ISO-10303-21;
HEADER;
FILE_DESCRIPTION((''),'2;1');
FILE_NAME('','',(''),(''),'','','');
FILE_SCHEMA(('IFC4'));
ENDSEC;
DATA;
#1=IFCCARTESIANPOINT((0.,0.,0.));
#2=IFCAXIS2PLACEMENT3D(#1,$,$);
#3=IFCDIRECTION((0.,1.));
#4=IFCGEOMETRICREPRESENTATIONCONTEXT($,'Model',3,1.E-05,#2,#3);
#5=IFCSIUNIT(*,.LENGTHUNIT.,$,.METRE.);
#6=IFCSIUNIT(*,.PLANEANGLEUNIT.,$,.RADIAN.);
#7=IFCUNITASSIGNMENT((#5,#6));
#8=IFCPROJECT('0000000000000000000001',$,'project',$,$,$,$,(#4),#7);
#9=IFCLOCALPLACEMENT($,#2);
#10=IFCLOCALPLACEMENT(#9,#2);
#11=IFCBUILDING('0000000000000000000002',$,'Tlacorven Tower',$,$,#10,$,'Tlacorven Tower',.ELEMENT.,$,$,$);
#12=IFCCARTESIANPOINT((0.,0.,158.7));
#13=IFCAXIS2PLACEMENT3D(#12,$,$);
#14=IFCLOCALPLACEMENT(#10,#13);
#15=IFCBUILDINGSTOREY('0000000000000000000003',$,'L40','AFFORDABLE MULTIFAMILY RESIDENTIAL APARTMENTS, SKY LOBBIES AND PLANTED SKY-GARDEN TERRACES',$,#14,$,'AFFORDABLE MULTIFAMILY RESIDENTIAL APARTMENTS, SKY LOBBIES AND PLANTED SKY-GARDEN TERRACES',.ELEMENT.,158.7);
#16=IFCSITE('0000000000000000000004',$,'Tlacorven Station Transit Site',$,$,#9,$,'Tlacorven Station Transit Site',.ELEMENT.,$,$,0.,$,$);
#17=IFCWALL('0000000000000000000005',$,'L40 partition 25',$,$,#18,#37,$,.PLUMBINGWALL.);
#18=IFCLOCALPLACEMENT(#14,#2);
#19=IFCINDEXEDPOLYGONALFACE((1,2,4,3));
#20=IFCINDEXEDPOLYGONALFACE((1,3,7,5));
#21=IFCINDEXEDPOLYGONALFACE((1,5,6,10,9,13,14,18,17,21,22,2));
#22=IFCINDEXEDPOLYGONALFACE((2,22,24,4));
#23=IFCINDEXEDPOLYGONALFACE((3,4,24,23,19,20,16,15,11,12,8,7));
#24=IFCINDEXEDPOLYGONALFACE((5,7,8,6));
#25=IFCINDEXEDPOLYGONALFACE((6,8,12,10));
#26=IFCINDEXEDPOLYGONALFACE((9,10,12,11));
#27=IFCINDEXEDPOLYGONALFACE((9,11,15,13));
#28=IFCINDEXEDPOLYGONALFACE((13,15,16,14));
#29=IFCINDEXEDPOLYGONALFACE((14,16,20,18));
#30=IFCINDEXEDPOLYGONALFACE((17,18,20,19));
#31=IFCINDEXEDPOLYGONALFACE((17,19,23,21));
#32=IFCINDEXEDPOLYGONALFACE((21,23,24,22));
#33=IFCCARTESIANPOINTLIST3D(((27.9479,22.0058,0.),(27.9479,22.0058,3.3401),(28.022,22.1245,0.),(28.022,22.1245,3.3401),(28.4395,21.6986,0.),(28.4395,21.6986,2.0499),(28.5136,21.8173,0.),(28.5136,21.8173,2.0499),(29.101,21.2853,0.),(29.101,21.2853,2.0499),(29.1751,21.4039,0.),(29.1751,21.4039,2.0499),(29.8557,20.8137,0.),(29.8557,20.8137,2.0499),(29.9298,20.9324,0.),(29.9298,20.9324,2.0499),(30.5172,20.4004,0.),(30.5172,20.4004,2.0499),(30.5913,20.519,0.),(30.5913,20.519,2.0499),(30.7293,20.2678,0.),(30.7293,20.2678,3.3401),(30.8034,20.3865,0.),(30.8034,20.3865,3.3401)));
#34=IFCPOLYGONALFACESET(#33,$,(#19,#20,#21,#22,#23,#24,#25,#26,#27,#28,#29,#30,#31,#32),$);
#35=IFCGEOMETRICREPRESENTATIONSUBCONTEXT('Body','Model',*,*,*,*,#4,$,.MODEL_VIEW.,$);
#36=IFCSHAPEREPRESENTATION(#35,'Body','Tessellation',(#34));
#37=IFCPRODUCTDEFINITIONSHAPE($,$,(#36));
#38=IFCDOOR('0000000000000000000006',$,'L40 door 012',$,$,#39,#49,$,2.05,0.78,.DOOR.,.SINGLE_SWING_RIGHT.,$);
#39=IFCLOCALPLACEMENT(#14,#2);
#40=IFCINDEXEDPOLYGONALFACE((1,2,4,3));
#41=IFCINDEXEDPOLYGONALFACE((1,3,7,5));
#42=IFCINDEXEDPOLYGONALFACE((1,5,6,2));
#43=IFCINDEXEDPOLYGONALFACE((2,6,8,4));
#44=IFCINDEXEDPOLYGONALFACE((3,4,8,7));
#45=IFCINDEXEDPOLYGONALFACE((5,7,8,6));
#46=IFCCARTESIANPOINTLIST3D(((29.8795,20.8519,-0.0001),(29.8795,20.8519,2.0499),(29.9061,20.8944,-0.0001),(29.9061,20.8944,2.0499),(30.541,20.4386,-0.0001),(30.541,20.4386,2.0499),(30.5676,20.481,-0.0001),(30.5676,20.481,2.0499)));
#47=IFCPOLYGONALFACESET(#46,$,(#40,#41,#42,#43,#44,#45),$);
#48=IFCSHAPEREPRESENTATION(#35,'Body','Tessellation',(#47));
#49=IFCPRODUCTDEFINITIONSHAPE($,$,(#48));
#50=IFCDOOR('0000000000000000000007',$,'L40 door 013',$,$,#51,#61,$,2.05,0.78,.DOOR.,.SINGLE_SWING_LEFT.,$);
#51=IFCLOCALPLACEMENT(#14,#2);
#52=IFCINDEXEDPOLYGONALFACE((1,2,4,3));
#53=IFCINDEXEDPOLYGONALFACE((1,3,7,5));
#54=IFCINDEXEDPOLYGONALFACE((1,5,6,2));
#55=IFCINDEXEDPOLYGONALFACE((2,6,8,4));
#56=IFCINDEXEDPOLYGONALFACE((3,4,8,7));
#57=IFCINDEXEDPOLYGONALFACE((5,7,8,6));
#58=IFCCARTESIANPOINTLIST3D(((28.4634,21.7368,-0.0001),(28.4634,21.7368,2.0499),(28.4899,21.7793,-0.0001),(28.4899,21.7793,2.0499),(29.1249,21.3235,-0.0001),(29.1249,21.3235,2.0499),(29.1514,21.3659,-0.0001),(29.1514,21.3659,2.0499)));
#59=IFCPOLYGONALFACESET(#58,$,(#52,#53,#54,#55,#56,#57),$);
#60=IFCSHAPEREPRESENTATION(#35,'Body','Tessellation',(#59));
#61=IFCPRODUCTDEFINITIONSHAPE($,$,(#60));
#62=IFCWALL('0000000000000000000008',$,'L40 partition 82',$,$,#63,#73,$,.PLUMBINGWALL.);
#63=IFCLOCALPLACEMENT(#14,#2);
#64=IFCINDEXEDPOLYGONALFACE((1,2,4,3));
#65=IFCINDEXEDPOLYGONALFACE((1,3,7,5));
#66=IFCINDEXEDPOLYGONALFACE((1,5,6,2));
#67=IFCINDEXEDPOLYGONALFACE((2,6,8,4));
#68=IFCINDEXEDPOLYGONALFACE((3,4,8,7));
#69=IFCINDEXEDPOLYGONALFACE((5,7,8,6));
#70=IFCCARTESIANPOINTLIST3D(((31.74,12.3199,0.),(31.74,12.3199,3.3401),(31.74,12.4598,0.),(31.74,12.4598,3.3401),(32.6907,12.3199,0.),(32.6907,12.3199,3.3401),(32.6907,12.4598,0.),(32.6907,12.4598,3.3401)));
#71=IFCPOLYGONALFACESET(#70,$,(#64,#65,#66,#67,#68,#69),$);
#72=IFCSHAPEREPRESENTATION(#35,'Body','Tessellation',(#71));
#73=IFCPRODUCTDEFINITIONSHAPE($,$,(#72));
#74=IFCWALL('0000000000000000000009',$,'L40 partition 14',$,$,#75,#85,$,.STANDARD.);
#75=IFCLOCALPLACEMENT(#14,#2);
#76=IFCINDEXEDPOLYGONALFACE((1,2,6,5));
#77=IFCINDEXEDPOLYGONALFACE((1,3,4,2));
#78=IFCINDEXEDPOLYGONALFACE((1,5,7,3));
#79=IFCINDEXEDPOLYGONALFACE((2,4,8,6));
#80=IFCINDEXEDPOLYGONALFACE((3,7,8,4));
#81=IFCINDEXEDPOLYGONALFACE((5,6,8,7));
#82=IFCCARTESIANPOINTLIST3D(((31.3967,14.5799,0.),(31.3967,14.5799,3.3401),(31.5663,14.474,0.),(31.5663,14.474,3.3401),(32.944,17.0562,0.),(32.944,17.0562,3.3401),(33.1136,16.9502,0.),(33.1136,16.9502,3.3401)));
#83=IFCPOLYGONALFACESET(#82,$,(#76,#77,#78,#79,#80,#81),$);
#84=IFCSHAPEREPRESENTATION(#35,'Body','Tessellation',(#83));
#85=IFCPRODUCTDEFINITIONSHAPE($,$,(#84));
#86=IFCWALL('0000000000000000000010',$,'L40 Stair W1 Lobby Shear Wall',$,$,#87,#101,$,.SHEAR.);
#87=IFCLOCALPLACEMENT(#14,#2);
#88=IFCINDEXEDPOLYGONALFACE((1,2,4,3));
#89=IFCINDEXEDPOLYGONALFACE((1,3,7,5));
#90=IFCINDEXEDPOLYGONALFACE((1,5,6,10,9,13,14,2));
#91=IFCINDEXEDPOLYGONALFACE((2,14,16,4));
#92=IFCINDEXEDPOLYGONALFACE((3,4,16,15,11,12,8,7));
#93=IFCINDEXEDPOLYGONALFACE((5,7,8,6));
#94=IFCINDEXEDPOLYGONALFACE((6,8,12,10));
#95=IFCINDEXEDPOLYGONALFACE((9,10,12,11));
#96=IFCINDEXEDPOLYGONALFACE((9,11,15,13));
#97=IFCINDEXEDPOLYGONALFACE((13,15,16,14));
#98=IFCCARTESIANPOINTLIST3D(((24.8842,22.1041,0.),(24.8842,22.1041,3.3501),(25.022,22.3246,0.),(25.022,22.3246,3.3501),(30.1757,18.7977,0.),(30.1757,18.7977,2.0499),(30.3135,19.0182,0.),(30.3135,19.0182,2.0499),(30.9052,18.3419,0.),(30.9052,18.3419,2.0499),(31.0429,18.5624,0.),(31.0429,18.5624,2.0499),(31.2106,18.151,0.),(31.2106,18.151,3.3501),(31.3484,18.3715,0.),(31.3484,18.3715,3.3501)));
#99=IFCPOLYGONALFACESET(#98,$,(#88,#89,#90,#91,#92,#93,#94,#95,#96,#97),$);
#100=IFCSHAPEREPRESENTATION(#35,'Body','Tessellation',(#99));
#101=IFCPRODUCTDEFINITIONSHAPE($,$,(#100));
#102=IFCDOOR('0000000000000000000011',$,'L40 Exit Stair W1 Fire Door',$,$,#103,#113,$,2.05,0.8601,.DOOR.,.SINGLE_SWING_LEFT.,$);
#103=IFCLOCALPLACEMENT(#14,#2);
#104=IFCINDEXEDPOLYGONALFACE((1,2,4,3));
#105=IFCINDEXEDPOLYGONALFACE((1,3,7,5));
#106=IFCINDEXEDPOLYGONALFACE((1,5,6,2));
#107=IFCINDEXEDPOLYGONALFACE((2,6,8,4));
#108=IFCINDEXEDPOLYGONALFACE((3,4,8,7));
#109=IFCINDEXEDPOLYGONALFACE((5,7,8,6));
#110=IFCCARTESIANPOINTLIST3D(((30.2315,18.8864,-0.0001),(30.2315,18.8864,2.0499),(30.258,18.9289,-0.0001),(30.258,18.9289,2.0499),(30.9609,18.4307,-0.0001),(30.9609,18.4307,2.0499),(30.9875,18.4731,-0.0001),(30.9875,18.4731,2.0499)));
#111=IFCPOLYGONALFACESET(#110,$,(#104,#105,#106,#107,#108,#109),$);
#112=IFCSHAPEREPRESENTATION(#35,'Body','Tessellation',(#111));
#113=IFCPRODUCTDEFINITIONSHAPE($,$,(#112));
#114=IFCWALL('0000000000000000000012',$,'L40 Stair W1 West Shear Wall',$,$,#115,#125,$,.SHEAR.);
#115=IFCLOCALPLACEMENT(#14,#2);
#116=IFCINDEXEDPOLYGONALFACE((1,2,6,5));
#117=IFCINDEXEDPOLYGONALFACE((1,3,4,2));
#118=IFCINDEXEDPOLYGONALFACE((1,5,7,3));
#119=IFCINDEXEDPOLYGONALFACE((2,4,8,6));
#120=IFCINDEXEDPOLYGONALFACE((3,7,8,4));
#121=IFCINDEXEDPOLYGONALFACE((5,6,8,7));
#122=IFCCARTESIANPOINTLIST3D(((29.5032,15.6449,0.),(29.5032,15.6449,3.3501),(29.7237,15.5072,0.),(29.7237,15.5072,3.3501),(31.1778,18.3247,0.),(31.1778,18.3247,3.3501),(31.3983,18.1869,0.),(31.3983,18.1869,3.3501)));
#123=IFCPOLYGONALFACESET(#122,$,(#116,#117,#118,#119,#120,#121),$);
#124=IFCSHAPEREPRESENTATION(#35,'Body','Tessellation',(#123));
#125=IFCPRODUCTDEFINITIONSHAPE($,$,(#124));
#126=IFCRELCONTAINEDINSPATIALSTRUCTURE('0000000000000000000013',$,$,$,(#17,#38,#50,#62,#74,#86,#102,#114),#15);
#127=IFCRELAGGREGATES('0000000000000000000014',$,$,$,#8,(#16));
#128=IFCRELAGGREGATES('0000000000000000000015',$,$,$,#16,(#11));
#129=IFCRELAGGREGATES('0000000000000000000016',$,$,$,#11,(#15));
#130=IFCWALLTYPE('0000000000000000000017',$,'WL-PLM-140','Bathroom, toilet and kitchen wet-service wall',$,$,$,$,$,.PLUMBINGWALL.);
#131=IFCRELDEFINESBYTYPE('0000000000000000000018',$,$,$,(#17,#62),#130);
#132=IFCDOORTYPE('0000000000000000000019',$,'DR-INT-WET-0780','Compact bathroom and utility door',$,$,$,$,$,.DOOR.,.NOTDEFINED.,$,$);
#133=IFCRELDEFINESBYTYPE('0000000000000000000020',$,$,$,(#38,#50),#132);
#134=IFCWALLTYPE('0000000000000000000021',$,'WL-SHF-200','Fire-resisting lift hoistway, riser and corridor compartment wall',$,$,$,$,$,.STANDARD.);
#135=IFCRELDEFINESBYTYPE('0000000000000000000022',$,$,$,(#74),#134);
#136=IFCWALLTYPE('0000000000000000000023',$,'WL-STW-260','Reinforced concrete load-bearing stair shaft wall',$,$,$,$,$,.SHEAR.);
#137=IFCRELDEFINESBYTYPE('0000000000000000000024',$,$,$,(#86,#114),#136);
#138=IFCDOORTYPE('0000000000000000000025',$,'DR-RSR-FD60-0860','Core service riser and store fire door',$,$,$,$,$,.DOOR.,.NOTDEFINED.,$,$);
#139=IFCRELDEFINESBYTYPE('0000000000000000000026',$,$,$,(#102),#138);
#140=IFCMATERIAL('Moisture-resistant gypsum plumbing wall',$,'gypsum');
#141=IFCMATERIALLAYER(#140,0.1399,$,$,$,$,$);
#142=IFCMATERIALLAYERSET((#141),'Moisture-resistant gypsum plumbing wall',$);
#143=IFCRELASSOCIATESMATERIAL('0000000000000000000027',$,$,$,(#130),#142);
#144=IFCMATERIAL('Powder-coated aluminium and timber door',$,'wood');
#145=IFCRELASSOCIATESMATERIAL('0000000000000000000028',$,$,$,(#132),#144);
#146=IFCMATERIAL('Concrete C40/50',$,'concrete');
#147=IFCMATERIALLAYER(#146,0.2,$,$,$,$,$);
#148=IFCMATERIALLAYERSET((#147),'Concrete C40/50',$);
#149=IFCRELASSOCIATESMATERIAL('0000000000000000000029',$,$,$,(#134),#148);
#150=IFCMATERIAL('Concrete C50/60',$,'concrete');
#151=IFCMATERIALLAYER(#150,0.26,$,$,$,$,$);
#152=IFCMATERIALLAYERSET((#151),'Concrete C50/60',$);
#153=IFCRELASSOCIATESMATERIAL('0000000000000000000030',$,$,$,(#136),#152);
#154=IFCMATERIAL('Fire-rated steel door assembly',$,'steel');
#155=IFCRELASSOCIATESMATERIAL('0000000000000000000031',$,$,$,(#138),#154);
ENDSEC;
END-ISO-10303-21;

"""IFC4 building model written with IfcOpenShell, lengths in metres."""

from ifc_helpers import new_model, si_unit, direction, frame, frame_2d, origin, place, context, subcontext, project, spatial, rectangle, extrude, source, transform, mapped, material, layer, layer_set, type_object, element, fill, save


model = new_model("IFC4")

# Units and contexts
model_context = context("Model", 3, precision=1e-05, world=origin(), true_north=direction((0.0, 1.0)))
body_context = subcontext(model_context, "Body", "Model", "MODEL_VIEW")
ifc_project = project(units=[si_unit("LENGTHUNIT", "METRE"), si_unit("PLANEANGLEUNIT", "RADIAN")], contexts=[model_context])

# Site, building, storey
site_placement = place(None, origin())
site = spatial("IfcSite", under=ifc_project, at=site_placement, Name="Tlacorven Station Transit Site", LongName="Tlacorven Station Transit Site", CompositionType="ELEMENT", RefElevation=0.0)
building_placement = place(site_placement, origin())
building = spatial("IfcBuilding", under=site, at=building_placement, Name="Tlacorven Tower", LongName="Tlacorven Tower", CompositionType="ELEMENT")
storey_placement = place(building_placement, frame((0.0, 0.0, 158.7)))
storey = spatial("IfcBuildingStorey", under=building, at=storey_placement, Name="L40", Description="AFFORDABLE MULTIFAMILY RESIDENTIAL APARTMENTS, SKY LOBBIES AND PLANTED SKY-GARDEN TERRACES", LongName="AFFORDABLE MULTIFAMILY RESIDENTIAL APARTMENTS, SKY LOBBIES AND PLANTED SKY-GARDEN TERRACES", CompositionType="ELEMENT", Elevation=158.7)

# Shared definitions
ifc_material_1 = material(Name="Fire-rated steel door assembly", Category="steel")

# Wall, openings, doors
ifc_material_2 = material(Name="Moisture-resistant gypsum plumbing wall", Category="gypsum")
ifc_layer_1 = layer(ifc_material_2, 0.1399)
ifc_layer_set_1 = layer_set([ifc_layer_1], Name="Moisture-resistant gypsum plumbing wall")
wall_type_1 = type_object("IfcWallType", Name="WL-PLM-140", Description="Bathroom, toilet and kitchen wet-service wall", PredefinedType="PLUMBINGWALL", material=ifc_layer_set_1)
wall_1_placement = place(storey_placement, frame((30.7664, 20.3271, 0.0), z_axis=(0.0, 0.0, 1.0), x_axis=(-0.848053, 0.529912, 0.0)))
wall_1 = element("IfcWall", 1, at=wall_1_placement, inside=storey, type_object=wall_type_1, Name="L40 partition 25", PredefinedType="PLUMBINGWALL", context=body_context, shape_type="SweptSolid", body=[
    extrude(rectangle(XDim=3.2798, YDim=0.1399, at=frame_2d((1.6399, 0.0))), origin(), (0.0, 0.0, 1.0), 3.3401),
])
opening_1_placement = place(wall_1_placement, frame((0.25, 0.0, 0.0)))
opening_1 = element("IfcOpeningElement", 2, at=opening_1_placement, cuts=wall_1, PredefinedType="OPENING", context=body_context, shape_type="SweptSolid", body=[
    extrude(rectangle(XDim=0.78, YDim=2.05, at=frame_2d((0.3901, 1.0249))), frame((0.0, 0.0801, 0.0), z_axis=(0.0, -1.0, 0.0), x_axis=(1.0, 0.0, 0.0)), (0.0, 0.0, 1.0), 0.1599),
])
opening_2_placement = place(wall_1_placement, frame((1.9199, 0.0, 0.0)))
opening_2 = element("IfcOpeningElement", 3, at=opening_2_placement, cuts=wall_1, PredefinedType="OPENING", context=body_context, shape_type="SweptSolid", body=[
    extrude(rectangle(XDim=0.78, YDim=2.05, at=frame_2d((0.3901, 1.0249))), frame((0.0, 0.0801, 0.0), z_axis=(0.0, -1.0, 0.0), x_axis=(1.0, 0.0, 0.0)), (0.0, 0.0, 1.0), 0.1599),
])
ifc_material_3 = material(Name="Powder-coated aluminium and timber door", Category="wood")
door_type_1 = type_object("IfcDoorType", Name="DR-INT-WET-0780", Description="Compact bathroom and utility door", OperationType="NOTDEFINED", PredefinedType="DOOR", material=ifc_material_3)
shared_shape_1 = source(origin(), body_context, "Body", "SweptSolid", [
    extrude(rectangle(XDim=0.78, YDim=2.05, at=frame_2d((0.3901, 1.0249))), frame((0.0, 0.0249, 0.0), z_axis=(0.0, -1.0, 0.0), x_axis=(1.0, 0.0, 0.0)), (0.0, 0.0, 1.0), 0.05),
])
door_1_placement = place(opening_1_placement, origin())
door_1 = element("IfcDoor", 4, at=door_1_placement, inside=storey, type_object=door_type_1, Name="L40 door 012", OperationType="SINGLE_SWING_RIGHT", OverallHeight=2.05, OverallWidth=0.78, PredefinedType="DOOR", context=body_context, shape_type="MappedRepresentation", body=[
    mapped(shared_shape_1, transform((0.0, 0.0, 0.0), scale=1.0)),
])
fill(opening_1, door_1)
door_2_placement = place(opening_2_placement, origin())
door_2 = element("IfcDoor", 5, at=door_2_placement, inside=storey, type_object=door_type_1, Name="L40 door 013", OperationType="SINGLE_SWING_LEFT", OverallHeight=2.05, OverallWidth=0.78, PredefinedType="DOOR", context=body_context, shape_type="MappedRepresentation", body=[
    mapped(shared_shape_1, transform((0.0, 0.0, 0.0), scale=1.0)),
])
fill(opening_2, door_2)

# Walls
wall_2_placement = place(storey_placement, frame((31.74, 12.3899, 0.0), z_axis=(0.0, 0.0, 1.0), x_axis=(1.0, 0.0, 0.0)))
element("IfcWall", 6, at=wall_2_placement, inside=storey, type_object=wall_type_1, Name="L40 partition 82", PredefinedType="PLUMBINGWALL", context=body_context, shape_type="SweptSolid", body=[
    extrude(rectangle(XDim=0.9507, YDim=0.1399, at=frame_2d((0.4753, 0.0))), origin(), (0.0, 0.0, 1.0), 3.3401),
])
ifc_material_4 = material(Name="Concrete C40/50", Category="concrete")
ifc_layer_2 = layer(ifc_material_4, 0.2)
ifc_layer_set_2 = layer_set([ifc_layer_2], Name="Concrete C40/50")
wall_type_2 = type_object("IfcWallType", Name="WL-SHF-200", Description="Fire-resisting lift hoistway, riser and corridor compartment wall", PredefinedType="STANDARD", material=ifc_layer_set_2)
wall_3_placement = place(storey_placement, frame((33.0288, 17.0032, 0.0), z_axis=(0.0, 0.0, 1.0), x_axis=(-0.529916, -0.84805, 0.0)))
element("IfcWall", 7, at=wall_3_placement, inside=storey, type_object=wall_type_2, Name="L40 partition 14", PredefinedType="STANDARD", context=body_context, shape_type="SweptSolid", body=[
    extrude(rectangle(XDim=2.9199, YDim=0.2, at=frame_2d((1.46, 0.0))), origin(), (0.0, 0.0, 1.0), 3.3401),
])

# Wall, opening, door
ifc_material_5 = material(Name="Concrete C50/60", Category="concrete")
ifc_layer_3 = layer(ifc_material_5, 0.26)
ifc_layer_set_3 = layer_set([ifc_layer_3], Name="Concrete C50/60")
wall_type_3 = type_object("IfcWallType", Name="WL-STW-260", Description="Reinforced concrete load-bearing stair shaft wall", PredefinedType="SHEAR", material=ifc_layer_set_3)
wall_4_placement = place(storey_placement, frame((31.2795, 18.2612, 0.0), z_axis=(0.0, 0.0, 1.0), x_axis=(-0.848052, 0.529914, 0.0)))
wall_4 = element("IfcWall", 8, at=wall_4_placement, inside=storey, type_object=wall_type_3, Name="L40 Stair W1 Lobby Shear Wall", PredefinedType="SHEAR", context=body_context, shape_type="SweptSolid", body=[
    extrude(rectangle(XDim=7.46, YDim=0.26, at=frame_2d((3.73, 0.0))), origin(), (0.0, 0.0, 1.0), 3.3501),
])
opening_3_placement = place(wall_4_placement, frame((0.3601, 0.0, 0.0)))
opening_3 = element("IfcOpeningElement", 9, at=opening_3_placement, cuts=wall_4, PredefinedType="OPENING", context=body_context, shape_type="SweptSolid", body=[
    extrude(rectangle(XDim=0.8601, YDim=2.05, at=frame_2d((0.4302, 1.0249))), frame((0.0, 0.1401, 0.0), z_axis=(0.0, -1.0, 0.0), x_axis=(1.0, 0.0, 0.0)), (0.0, 0.0, 1.0), 0.28),
])
door_type_2 = type_object("IfcDoorType", Name="DR-RSR-FD60-0860", Description="Core service riser and store fire door", OperationType="NOTDEFINED", PredefinedType="DOOR", material=ifc_material_1)
shared_shape_2 = source(origin(), body_context, "Body", "SweptSolid", [
    extrude(rectangle(XDim=0.8601, YDim=2.05, at=frame_2d((0.4302, 1.0249))), frame((0.0, 0.0249, 0.0), z_axis=(0.0, -1.0, 0.0), x_axis=(1.0, 0.0, 0.0)), (0.0, 0.0, 1.0), 0.05),
])
door_3_placement = place(opening_3_placement, frame((0.8601, 0.0, 0.0), z_axis=(0.0, 0.0, 1.0), x_axis=(-1.0, 0.0, 0.0)))
door_3 = element("IfcDoor", 10, at=door_3_placement, inside=storey, type_object=door_type_2, Name="L40 Exit Stair W1 Fire Door", OperationType="SINGLE_SWING_LEFT", OverallHeight=2.05, OverallWidth=0.8601, PredefinedType="DOOR", context=body_context, shape_type="MappedRepresentation", body=[
    mapped(shared_shape_2, transform((0.0, 0.0, 0.0), scale=1.0)),
])
fill(opening_3, door_3)

# Wall
wall_5_placement = place(storey_placement, frame((31.2881, 18.2559, 0.0), z_axis=(0.0, 0.0, 1.0), x_axis=(-0.529943, -0.848033, 0.0)))
element("IfcWall", 11, at=wall_5_placement, inside=storey, type_object=wall_type_3, Name="L40 Stair W1 West Shear Wall", PredefinedType="SHEAR", context=body_context, shape_type="SweptSolid", body=[
    extrude(rectangle(XDim=3.1599, YDim=0.26, at=frame_2d((1.5801, 0.0))), origin(), (0.0, 0.0, 1.0), 3.3501),
])

save(model, "model.ifc")
